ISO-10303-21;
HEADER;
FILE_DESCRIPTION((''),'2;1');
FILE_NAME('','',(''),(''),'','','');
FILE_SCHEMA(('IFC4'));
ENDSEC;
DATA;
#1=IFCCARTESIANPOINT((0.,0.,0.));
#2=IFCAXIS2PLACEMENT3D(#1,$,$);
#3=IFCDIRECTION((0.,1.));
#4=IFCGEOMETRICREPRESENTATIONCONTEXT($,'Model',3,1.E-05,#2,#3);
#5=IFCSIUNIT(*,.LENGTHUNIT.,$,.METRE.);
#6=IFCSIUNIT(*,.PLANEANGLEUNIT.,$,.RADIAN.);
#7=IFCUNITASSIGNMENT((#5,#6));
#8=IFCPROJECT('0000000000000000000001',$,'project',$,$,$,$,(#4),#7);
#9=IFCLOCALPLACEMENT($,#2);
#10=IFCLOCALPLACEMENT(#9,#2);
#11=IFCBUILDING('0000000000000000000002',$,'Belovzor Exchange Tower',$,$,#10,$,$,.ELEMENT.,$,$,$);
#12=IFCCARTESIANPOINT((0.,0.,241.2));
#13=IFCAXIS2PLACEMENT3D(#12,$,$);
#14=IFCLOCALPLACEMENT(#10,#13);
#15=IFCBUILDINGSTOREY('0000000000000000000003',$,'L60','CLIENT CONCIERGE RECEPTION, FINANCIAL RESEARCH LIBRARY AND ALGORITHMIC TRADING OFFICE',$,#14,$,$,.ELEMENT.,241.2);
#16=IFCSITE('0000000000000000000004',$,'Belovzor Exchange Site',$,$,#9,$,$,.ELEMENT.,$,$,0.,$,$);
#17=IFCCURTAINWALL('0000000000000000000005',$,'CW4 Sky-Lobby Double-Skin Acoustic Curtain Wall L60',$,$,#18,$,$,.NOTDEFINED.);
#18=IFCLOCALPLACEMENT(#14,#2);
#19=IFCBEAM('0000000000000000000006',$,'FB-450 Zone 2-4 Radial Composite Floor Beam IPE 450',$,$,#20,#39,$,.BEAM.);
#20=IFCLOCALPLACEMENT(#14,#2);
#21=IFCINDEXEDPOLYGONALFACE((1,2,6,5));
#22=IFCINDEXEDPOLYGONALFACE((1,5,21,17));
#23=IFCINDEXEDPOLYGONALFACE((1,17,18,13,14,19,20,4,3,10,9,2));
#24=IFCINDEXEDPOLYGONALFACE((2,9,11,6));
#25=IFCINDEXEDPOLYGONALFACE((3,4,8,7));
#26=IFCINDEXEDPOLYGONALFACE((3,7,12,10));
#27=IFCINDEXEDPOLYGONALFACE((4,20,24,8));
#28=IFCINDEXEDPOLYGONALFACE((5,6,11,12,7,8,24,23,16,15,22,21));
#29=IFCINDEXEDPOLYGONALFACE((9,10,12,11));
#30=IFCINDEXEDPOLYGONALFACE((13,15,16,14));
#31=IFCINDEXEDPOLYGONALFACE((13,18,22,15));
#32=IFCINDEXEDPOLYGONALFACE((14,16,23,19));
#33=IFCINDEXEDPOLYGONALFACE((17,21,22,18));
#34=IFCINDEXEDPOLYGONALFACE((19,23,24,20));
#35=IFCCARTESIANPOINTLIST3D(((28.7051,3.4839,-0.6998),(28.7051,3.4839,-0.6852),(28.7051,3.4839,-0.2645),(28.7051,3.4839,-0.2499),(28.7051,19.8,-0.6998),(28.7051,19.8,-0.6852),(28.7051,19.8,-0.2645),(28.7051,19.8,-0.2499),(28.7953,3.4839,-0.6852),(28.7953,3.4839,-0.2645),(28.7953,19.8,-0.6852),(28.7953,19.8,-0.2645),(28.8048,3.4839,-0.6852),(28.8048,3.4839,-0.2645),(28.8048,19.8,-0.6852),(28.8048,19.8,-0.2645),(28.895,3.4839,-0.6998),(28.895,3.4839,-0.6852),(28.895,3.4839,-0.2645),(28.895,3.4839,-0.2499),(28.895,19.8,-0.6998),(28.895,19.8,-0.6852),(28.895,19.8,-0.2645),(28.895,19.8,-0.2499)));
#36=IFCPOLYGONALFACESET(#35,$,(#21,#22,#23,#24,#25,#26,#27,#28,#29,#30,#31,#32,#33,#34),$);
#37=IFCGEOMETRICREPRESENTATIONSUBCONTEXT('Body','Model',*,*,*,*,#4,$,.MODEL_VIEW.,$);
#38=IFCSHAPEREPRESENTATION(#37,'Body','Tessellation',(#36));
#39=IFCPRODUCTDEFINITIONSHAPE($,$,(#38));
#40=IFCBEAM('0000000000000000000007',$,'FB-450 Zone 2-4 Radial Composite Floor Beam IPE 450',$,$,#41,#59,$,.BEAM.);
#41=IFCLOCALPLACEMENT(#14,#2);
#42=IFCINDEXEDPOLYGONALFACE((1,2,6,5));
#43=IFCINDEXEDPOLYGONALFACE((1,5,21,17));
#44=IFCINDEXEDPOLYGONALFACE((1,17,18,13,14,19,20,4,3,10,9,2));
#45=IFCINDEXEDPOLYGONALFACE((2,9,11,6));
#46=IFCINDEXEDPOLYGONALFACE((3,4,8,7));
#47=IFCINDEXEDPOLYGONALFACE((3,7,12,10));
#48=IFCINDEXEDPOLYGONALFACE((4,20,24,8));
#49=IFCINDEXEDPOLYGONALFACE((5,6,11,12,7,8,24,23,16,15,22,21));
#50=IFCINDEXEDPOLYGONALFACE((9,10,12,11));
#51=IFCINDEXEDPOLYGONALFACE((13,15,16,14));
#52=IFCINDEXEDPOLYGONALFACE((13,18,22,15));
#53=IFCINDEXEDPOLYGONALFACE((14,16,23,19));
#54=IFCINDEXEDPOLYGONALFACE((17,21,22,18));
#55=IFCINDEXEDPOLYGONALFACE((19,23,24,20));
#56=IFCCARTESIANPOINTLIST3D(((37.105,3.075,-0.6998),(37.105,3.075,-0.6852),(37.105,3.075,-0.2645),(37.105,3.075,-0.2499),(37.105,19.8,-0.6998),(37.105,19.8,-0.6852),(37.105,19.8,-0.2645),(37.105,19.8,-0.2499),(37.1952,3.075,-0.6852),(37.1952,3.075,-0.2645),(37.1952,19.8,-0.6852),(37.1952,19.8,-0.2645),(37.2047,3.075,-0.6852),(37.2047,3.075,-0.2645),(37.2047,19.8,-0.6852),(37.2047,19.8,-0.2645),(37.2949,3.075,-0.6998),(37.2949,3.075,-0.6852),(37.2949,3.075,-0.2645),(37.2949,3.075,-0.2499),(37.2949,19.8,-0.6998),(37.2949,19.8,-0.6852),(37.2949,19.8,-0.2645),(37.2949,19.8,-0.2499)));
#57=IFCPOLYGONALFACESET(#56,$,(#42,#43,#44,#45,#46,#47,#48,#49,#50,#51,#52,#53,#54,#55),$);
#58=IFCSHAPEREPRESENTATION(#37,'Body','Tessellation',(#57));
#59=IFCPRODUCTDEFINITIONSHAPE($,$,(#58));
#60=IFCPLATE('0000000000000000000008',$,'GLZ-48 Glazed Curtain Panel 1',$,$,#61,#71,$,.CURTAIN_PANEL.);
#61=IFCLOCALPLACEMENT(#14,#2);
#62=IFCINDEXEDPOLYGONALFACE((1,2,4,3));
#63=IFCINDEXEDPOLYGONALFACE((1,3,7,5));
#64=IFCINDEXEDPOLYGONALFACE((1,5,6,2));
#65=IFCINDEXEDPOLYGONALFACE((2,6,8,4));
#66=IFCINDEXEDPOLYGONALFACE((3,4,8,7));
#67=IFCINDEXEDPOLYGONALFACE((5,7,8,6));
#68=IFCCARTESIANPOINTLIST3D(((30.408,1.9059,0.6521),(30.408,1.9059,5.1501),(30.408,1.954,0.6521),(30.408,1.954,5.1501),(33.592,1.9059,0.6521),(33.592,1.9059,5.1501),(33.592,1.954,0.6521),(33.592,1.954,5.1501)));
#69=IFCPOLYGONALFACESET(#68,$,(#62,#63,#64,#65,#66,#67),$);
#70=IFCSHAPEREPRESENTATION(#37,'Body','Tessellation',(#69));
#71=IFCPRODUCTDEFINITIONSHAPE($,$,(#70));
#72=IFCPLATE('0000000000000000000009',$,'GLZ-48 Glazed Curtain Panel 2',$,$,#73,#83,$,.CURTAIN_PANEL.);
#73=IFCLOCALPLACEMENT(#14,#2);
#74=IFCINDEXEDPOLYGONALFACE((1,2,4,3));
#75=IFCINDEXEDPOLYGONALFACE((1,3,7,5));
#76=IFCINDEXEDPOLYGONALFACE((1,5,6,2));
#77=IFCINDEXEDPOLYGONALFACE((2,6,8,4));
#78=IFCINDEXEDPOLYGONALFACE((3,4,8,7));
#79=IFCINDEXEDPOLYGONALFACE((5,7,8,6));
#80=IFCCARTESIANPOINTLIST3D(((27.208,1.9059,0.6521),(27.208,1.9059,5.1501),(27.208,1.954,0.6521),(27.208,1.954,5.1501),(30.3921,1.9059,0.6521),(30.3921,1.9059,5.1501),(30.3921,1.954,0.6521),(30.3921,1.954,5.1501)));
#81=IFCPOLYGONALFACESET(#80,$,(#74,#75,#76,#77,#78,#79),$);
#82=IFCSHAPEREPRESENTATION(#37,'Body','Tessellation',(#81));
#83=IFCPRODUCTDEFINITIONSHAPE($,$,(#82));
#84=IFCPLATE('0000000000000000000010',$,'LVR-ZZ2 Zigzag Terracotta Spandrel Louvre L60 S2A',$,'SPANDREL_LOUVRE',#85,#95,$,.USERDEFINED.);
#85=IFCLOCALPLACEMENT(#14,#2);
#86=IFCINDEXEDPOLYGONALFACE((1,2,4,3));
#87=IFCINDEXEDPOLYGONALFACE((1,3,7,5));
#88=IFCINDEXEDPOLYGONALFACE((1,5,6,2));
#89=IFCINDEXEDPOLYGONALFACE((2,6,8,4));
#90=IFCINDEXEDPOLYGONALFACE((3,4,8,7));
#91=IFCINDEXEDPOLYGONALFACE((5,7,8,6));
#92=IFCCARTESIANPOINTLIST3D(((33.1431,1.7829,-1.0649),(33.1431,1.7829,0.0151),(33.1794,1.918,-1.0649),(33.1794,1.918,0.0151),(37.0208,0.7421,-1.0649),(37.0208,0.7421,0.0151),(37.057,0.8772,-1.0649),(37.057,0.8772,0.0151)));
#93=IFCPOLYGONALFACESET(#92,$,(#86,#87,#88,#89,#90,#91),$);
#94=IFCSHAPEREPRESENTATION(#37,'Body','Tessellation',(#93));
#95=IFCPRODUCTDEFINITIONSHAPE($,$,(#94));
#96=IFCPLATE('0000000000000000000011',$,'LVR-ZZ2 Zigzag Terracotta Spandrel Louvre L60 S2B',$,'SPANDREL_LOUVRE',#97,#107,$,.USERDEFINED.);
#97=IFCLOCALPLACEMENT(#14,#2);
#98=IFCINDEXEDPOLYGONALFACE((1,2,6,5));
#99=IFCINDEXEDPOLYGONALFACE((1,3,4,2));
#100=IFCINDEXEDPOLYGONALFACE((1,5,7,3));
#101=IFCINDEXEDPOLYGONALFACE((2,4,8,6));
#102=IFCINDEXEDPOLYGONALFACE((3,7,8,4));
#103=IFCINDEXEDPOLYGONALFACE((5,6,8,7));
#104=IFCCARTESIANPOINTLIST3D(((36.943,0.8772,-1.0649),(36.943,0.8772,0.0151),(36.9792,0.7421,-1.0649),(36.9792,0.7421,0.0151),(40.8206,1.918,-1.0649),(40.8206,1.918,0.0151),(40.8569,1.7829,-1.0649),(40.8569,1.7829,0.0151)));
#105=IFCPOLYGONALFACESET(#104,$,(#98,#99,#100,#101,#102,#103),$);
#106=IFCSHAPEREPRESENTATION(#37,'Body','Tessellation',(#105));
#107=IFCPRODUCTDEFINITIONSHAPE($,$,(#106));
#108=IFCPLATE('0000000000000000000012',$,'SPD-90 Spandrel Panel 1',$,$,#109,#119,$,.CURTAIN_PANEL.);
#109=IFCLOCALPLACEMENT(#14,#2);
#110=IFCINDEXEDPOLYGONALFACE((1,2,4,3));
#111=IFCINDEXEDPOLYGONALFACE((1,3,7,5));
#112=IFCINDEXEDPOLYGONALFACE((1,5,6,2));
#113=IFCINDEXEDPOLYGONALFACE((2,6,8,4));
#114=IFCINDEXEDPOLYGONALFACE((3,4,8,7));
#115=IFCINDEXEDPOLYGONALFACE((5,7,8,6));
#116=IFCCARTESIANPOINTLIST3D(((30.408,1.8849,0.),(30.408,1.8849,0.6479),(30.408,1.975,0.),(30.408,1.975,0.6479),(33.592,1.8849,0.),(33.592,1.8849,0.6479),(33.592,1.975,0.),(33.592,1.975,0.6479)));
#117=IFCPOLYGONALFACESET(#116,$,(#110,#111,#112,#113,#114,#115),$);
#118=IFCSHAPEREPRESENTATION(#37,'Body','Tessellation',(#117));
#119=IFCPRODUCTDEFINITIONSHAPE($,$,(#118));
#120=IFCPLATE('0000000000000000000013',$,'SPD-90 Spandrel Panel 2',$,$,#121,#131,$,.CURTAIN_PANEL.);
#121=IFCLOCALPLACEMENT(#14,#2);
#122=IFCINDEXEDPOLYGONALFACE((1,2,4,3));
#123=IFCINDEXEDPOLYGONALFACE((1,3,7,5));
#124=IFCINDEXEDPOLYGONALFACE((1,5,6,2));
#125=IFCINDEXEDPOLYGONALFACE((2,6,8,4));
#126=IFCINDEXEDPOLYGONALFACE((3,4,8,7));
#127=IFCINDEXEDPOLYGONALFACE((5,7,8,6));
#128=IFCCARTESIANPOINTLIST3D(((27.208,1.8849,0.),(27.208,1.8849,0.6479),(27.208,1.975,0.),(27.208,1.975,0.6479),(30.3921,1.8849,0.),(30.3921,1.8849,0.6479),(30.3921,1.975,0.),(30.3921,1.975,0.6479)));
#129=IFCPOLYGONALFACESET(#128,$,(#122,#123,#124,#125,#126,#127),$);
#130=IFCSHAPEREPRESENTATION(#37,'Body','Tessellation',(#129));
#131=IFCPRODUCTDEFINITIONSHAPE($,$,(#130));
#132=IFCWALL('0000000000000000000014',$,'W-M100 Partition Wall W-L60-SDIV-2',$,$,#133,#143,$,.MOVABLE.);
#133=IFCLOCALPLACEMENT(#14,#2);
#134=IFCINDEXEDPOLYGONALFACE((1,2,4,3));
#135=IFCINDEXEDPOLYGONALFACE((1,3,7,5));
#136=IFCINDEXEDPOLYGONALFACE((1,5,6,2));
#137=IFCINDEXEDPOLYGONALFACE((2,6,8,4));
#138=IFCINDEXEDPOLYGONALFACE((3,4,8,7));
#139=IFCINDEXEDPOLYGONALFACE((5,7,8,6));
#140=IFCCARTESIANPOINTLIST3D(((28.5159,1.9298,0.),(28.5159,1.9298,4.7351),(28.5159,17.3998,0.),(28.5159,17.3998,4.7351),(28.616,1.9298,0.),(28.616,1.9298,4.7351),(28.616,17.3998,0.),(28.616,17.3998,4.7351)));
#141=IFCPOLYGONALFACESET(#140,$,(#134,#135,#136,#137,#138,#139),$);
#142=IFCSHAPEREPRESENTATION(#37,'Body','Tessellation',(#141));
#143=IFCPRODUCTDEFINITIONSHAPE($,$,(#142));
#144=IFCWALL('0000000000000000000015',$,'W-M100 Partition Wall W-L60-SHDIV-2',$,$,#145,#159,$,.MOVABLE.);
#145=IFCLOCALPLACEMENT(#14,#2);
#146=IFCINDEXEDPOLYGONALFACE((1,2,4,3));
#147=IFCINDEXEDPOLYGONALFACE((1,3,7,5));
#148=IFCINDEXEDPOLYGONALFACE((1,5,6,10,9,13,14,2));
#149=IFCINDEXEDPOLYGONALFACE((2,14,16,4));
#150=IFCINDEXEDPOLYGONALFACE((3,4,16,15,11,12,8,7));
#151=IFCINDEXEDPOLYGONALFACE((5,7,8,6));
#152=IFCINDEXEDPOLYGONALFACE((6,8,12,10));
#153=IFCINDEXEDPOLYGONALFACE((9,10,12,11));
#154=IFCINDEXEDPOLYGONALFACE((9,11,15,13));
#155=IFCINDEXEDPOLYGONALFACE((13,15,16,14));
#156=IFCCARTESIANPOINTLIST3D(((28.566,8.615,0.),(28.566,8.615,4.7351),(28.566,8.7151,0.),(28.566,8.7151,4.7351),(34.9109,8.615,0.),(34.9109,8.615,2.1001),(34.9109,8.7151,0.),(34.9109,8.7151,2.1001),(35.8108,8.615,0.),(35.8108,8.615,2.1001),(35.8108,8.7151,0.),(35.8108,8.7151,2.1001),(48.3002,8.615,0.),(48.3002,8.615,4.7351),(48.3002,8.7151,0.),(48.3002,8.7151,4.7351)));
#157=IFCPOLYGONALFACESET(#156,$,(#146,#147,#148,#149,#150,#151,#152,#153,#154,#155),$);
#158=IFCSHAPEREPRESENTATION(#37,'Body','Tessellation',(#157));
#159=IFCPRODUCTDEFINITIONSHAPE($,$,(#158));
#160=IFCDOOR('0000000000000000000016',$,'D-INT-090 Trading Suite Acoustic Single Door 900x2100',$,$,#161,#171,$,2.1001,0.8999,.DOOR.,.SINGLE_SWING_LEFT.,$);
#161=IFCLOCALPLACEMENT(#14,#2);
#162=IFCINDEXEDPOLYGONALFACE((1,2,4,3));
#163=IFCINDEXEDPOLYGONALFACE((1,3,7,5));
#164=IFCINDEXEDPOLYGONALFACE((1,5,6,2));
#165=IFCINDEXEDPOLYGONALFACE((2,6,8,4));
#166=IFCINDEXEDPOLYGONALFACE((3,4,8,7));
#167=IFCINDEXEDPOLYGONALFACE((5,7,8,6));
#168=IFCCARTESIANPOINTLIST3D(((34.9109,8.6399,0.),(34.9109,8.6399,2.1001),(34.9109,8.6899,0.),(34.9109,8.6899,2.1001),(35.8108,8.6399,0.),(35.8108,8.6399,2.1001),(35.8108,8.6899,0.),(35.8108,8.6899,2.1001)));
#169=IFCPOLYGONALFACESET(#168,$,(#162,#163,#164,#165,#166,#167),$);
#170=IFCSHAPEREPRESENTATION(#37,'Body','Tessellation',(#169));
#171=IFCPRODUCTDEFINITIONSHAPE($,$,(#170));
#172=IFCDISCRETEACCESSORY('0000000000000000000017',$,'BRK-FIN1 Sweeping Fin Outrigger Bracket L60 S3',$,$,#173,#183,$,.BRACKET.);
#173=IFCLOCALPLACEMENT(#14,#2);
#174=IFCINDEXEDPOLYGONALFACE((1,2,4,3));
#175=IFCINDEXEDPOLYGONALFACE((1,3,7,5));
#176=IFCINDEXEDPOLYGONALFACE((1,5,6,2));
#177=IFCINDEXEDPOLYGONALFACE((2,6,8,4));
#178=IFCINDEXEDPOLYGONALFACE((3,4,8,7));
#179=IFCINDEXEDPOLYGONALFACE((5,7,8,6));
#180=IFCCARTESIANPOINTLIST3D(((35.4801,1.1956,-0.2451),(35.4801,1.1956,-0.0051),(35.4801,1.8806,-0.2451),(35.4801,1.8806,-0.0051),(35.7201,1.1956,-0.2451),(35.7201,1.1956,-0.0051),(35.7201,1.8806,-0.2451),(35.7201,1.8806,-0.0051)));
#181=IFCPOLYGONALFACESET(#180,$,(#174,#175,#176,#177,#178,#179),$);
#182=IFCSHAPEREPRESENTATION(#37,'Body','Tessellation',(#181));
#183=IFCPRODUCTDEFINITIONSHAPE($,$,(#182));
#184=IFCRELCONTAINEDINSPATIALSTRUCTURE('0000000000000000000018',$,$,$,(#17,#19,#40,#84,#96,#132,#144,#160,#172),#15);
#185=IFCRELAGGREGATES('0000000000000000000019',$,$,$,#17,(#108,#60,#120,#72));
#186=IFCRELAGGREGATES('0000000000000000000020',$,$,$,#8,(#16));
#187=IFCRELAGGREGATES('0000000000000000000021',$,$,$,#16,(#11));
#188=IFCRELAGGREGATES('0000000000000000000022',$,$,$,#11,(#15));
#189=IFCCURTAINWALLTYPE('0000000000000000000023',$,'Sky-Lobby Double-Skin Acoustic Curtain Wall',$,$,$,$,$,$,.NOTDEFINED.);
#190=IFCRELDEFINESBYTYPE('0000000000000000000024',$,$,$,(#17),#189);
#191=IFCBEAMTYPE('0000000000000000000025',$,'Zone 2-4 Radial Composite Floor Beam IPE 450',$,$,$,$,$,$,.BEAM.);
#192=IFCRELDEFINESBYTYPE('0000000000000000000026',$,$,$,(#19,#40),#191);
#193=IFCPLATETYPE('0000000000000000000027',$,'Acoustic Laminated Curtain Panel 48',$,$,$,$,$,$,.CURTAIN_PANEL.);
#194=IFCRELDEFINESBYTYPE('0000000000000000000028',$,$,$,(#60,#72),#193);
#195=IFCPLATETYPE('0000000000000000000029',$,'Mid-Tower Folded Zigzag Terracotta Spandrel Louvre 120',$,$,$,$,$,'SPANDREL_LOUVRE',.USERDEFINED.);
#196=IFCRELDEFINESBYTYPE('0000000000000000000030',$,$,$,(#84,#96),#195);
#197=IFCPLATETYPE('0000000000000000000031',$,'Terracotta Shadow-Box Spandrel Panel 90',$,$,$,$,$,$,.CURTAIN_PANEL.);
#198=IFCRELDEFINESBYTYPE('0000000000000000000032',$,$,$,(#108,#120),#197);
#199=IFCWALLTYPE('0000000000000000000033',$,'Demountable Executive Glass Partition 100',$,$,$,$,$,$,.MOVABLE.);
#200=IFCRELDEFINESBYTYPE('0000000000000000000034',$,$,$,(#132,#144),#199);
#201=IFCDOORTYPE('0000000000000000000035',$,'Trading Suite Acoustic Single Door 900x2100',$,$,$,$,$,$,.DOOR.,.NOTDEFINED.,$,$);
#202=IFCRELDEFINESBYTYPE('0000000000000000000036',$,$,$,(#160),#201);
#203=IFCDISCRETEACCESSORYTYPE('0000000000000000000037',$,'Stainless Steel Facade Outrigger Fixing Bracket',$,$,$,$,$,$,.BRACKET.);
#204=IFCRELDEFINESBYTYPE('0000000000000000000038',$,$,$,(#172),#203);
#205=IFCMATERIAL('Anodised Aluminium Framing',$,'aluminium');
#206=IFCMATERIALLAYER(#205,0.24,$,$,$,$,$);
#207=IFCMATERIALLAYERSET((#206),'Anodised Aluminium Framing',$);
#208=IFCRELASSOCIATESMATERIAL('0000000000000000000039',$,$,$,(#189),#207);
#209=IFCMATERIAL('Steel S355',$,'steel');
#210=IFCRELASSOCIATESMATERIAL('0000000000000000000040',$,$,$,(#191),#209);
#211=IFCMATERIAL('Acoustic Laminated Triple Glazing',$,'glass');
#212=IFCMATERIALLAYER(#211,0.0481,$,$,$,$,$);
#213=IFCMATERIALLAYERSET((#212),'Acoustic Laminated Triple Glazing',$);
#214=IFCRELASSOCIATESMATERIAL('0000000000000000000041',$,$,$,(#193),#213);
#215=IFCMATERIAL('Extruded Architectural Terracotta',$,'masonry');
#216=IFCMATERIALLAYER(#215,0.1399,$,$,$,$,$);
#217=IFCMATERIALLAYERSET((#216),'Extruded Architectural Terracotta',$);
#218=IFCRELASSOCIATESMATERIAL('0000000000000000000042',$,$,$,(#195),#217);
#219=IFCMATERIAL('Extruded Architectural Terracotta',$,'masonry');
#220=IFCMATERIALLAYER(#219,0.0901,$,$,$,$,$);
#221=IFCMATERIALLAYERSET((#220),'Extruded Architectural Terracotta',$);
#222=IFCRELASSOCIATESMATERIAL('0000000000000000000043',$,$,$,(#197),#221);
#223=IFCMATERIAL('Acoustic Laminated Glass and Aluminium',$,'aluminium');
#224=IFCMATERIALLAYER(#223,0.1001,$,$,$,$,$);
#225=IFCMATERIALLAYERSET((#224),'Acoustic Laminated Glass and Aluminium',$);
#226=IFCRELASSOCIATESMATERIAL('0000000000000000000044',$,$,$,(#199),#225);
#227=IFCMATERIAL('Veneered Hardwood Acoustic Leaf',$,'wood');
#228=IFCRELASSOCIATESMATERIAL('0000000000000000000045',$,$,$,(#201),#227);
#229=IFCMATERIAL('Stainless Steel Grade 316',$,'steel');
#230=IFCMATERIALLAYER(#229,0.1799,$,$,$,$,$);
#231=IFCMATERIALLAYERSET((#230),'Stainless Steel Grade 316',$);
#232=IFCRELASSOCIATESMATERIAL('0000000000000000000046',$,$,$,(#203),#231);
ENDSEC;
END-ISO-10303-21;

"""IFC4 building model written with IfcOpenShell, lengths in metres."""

from ifc_helpers import new_model, si_unit, direction, frame, frame_2d, origin, origin_2d, place, context, subcontext, project, spatial, rectangle, i_section, extrude, material, layer, layer_set, material_profile, profile_set, type_object, element, fill, aggregate, save


model = new_model("IFC4")

# Units and contexts
model_context = context("Model", 3, precision=1e-05, world=origin(), true_north=direction((0.0, 1.0)))
body_context = subcontext(model_context, "Body", "Model", "MODEL_VIEW")
ifc_project = project(units=[si_unit("LENGTHUNIT", "METRE"), si_unit("PLANEANGLEUNIT", "RADIAN")], contexts=[model_context])

# Site, building, storey
site_placement = place(None, origin())
site = spatial("IfcSite", under=ifc_project, at=site_placement, Name="Belovzor Exchange Site", CompositionType="ELEMENT", RefElevation=0.0)
building_placement = place(site_placement, origin())
building = spatial("IfcBuilding", under=site, at=building_placement, Name="Belovzor Exchange Tower", CompositionType="ELEMENT")
storey_placement = place(building_placement, frame((0.0, 0.0, 241.2)))
storey = spatial("IfcBuildingStorey", under=building, at=storey_placement, Name="L60", Description="CLIENT CONCIERGE RECEPTION, FINANCIAL RESEARCH LIBRARY AND ALGORITHMIC TRADING OFFICE", CompositionType="ELEMENT", Elevation=241.2)

# Curtain wall
ifc_material_1 = material(Name="Anodised Aluminium Framing", Category="aluminium")
ifc_layer_1 = layer(ifc_material_1, 0.24)
ifc_layer_set_1 = layer_set([ifc_layer_1], Name="Anodised Aluminium Framing")
curtain_wall_type = type_object("IfcCurtainWallType", Name="Sky-Lobby Double-Skin Acoustic Curtain Wall", PredefinedType="NOTDEFINED", material=ifc_layer_set_1)
curtain_wall_placement = place(storey_placement, origin())
curtain_wall = element("IfcCurtainWall", 1, at=curtain_wall_placement, inside=storey, type_object=curtain_wall_type, Name="CW4 Sky-Lobby Double-Skin Acoustic Curtain Wall L60", PredefinedType="NOTDEFINED")

# Beams
ifc_material_2 = material(Name="Steel S355", Category="steel")
ifc_material_profile_1 = material_profile(ifc_material_2, i_section(OverallWidth=0.1899, OverallDepth=0.45, WebThickness=0.0095, FlangeThickness=0.0146, at=origin_2d()))
ifc_profile_set_1 = profile_set([ifc_material_profile_1], Name="Steel S355")
beam_type_1 = type_object("IfcBeamType", Name="Zone 2-4 Radial Composite Floor Beam IPE 450", PredefinedType="BEAM", material=ifc_profile_set_1)
beam_1_placement = place(storey_placement, frame((28.8, 19.8, -0.4749), z_axis=(0.0, -1.0, 0.0), x_axis=(1.0, 0.0, 0.0)))
element("IfcBeam", 2, at=beam_1_placement, inside=storey, type_object=beam_type_1, Name="FB-450 Zone 2-4 Radial Composite Floor Beam IPE 450", PredefinedType="BEAM", context=body_context, shape_type="SweptSolid", body=[
    extrude(i_section(OverallWidth=0.1899, OverallDepth=0.45, WebThickness=0.0095, FlangeThickness=0.0146, at=origin_2d()), origin(), (0.0, 0.0, 1.0), 16.3162),
])
beam_2_placement = place(storey_placement, frame((37.2, 19.8, -0.4749), z_axis=(0.0, -1.0, 0.0), x_axis=(1.0, 0.0, 0.0)))
element("IfcBeam", 3, at=beam_2_placement, inside=storey, type_object=beam_type_1, Name="FB-450 Zone 2-4 Radial Composite Floor Beam IPE 450", PredefinedType="BEAM", context=body_context, shape_type="SweptSolid", body=[
    extrude(i_section(OverallWidth=0.1899, OverallDepth=0.45, WebThickness=0.0095, FlangeThickness=0.0146, at=origin_2d()), origin(), (0.0, 0.0, 1.0), 16.7251),
])

# Plates
ifc_material_3 = material(Name="Acoustic Laminated Triple Glazing", Category="glass")
ifc_layer_2 = layer(ifc_material_3, 0.0481)
ifc_layer_set_2 = layer_set([ifc_layer_2], Name="Acoustic Laminated Triple Glazing")
plate_type_1 = type_object("IfcPlateType", Name="Acoustic Laminated Curtain Panel 48", PredefinedType="CURTAIN_PANEL", material=ifc_layer_set_2)
plate_1_placement = place(storey_placement, frame((32.0, 1.9299, 0.6521), z_axis=(0.0, 0.0, 1.0), x_axis=(-1.0, 0.0, 0.0)))
plate_1 = element("IfcPlate", 4, at=plate_1_placement, type_object=plate_type_1, Name="GLZ-48 Glazed Curtain Panel 1", PredefinedType="CURTAIN_PANEL", context=body_context, shape_type="SweptSolid", body=[
    extrude(rectangle(XDim=3.1841, YDim=0.0481, at=origin_2d()), origin(), (0.0, 0.0, 1.0), 4.498),
])
plate_2_placement = place(storey_placement, frame((28.8, 1.9299, 0.6521), z_axis=(0.0, 0.0, 1.0), x_axis=(-1.0, 0.0, 0.0)))
plate_2 = element("IfcPlate", 5, at=plate_2_placement, type_object=plate_type_1, Name="GLZ-48 Glazed Curtain Panel 2", PredefinedType="CURTAIN_PANEL", context=body_context, shape_type="SweptSolid", body=[
    extrude(rectangle(XDim=3.1841, YDim=0.0481, at=origin_2d()), origin(), (0.0, 0.0, 1.0), 4.498),
])

# Plates
ifc_material_4 = material(Name="Extruded Architectural Terracotta", Category="masonry")
ifc_layer_3 = layer(ifc_material_4, 0.1399)
ifc_layer_set_3 = layer_set([ifc_layer_3], Name="Extruded Architectural Terracotta")
plate_type_2 = type_object("IfcPlateType", Name="Mid-Tower Folded Zigzag Terracotta Spandrel Louvre 120", ElementType="SPANDREL_LOUVRE", PredefinedType="USERDEFINED", material=ifc_layer_set_3)
for number, where, z_axis, x_axis, name in (
    (6, (35.1001, 1.3301, -1.0649), (0.0, 0.0, 1.0), (0.965813, -0.25924, 0.0), "LVR-ZZ2 Zigzag Terracotta Spandrel Louvre L60 S2A"),
    (7, (38.8999, 1.3301, -1.0649), (0.0, 0.0, 1.0), (0.965813, 0.25924, 0.0), "LVR-ZZ2 Zigzag Terracotta Spandrel Louvre L60 S2B"),
):
    element("IfcPlate", number, at=place(storey_placement, frame(where, z_axis=z_axis, x_axis=x_axis)), inside=storey, type_object=plate_type_2, Name=name, ObjectType="SPANDREL_LOUVRE", PredefinedType="USERDEFINED", context=body_context, shape_type="SweptSolid", body=[
        extrude(rectangle(XDim=4.0149, YDim=0.1399, at=origin_2d()), origin(), (0.0, 0.0, 1.0), 1.0801),
    ])

# Plates
ifc_material_5 = material(Name="Extruded Architectural Terracotta", Category="masonry")
ifc_layer_4 = layer(ifc_material_5, 0.0901)
ifc_layer_set_4 = layer_set([ifc_layer_4], Name="Extruded Architectural Terracotta")
plate_type_3 = type_object("IfcPlateType", Name="Terracotta Shadow-Box Spandrel Panel 90", PredefinedType="CURTAIN_PANEL", material=ifc_layer_set_4)
plate_3_placement = place(storey_placement, frame((32.0, 1.9299, 0.0), z_axis=(0.0, 0.0, 1.0), x_axis=(-1.0, 0.0, 0.0)))
plate_3 = element("IfcPlate", 8, at=plate_3_placement, type_object=plate_type_3, Name="SPD-90 Spandrel Panel 1", PredefinedType="CURTAIN_PANEL", context=body_context, shape_type="SweptSolid", body=[
    extrude(rectangle(XDim=3.1841, YDim=0.0901, at=origin_2d()), origin(), (0.0, 0.0, 1.0), 0.6479),
])
plate_4_placement = place(storey_placement, frame((28.8, 1.9299, 0.0), z_axis=(0.0, 0.0, 1.0), x_axis=(-1.0, 0.0, 0.0)))
plate_4 = element("IfcPlate", 9, at=plate_4_placement, type_object=plate_type_3, Name="SPD-90 Spandrel Panel 2", PredefinedType="CURTAIN_PANEL", context=body_context, shape_type="SweptSolid", body=[
    extrude(rectangle(XDim=3.1841, YDim=0.0901, at=origin_2d()), origin(), (0.0, 0.0, 1.0), 0.6479),
])
aggregate(curtain_wall, [plate_3, plate_1, plate_4, plate_2])

# Wall
ifc_material_6 = material(Name="Acoustic Laminated Glass and Aluminium", Category="aluminium")
ifc_layer_5 = layer(ifc_material_6, 0.1001)
ifc_layer_set_5 = layer_set([ifc_layer_5], Name="Acoustic Laminated Glass and Aluminium")
wall_type = type_object("IfcWallType", Name="Demountable Executive Glass Partition 100", PredefinedType="MOVABLE", material=ifc_layer_set_5)
wall_1_placement = place(storey_placement, frame((28.5659, 1.9299, 0.0), z_axis=(0.0, 0.0, 1.0), x_axis=(0.0, 1.0, 0.0)))
element("IfcWall", 10, at=wall_1_placement, inside=storey, type_object=wall_type, Name="W-M100 Partition Wall W-L60-SDIV-2", PredefinedType="MOVABLE", context=body_context, shape_type="SweptSolid", body=[
    extrude(rectangle(XDim=15.47, YDim=0.1001, at=frame_2d((7.7349, 0.0))), origin(), (0.0, 0.0, 1.0), 4.7351),
])

# Wall, opening, door
wall_2_placement = place(storey_placement, frame((28.5659, 8.665, 0.0), z_axis=(0.0, 0.0, 1.0), x_axis=(1.0, 0.0, 0.0)))
wall_2 = element("IfcWall", 11, at=wall_2_placement, inside=storey, type_object=wall_type, Name="W-M100 Partition Wall W-L60-SHDIV-2", PredefinedType="MOVABLE", context=body_context, shape_type="SweptSolid", body=[
    extrude(rectangle(XDim=19.7341, YDim=0.1001, at=frame_2d((9.8672, 0.0))), origin(), (0.0, 0.0, 1.0), 4.7351),
])
opening_placement = place(wall_2_placement, frame((6.345, 0.0, 0.0)))
opening = element("IfcOpeningElement", 12, at=opening_placement, cuts=wall_2, PredefinedType="OPENING", context=body_context, shape_type="SweptSolid", body=[
    extrude(rectangle(XDim=0.8999, YDim=2.1001, at=frame_2d((0.45, 1.05))), frame((0.0, 0.0601, 0.0), z_axis=(0.0, -1.0, 0.0), x_axis=(1.0, 0.0, 0.0)), (0.0, 0.0, 1.0), 0.1201),
])
ifc_material_7 = material(Name="Veneered Hardwood Acoustic Leaf", Category="wood")
door_type = type_object("IfcDoorType", Name="Trading Suite Acoustic Single Door 900x2100", OperationType="NOTDEFINED", PredefinedType="DOOR", material=ifc_material_7)
door_placement = place(opening_placement, origin())
door = element("IfcDoor", 13, at=door_placement, inside=storey, type_object=door_type, Name="D-INT-090 Trading Suite Acoustic Single Door 900x2100", OperationType="SINGLE_SWING_LEFT", OverallHeight=2.1001, OverallWidth=0.8999, PredefinedType="DOOR", context=body_context, shape_type="SweptSolid", body=[
    extrude(rectangle(XDim=0.8999, YDim=2.1001, at=frame_2d((0.45, 1.05))), frame((0.0, 0.0249, 0.0), z_axis=(0.0, -1.0, 0.0), x_axis=(1.0, 0.0, 0.0)), (0.0, 0.0, 1.0), 0.05),
])
fill(opening, door)

# Discrete accessory
ifc_material_8 = material(Name="Stainless Steel Grade 316", Category="steel")
ifc_layer_6 = layer(ifc_material_8, 0.1799)
ifc_layer_set_6 = layer_set([ifc_layer_6], Name="Stainless Steel Grade 316")
discrete_accessory_type = type_object("IfcDiscreteAccessoryType", Name="Stainless Steel Facade Outrigger Fixing Bracket", PredefinedType="BRACKET", material=ifc_layer_set_6)
discrete_accessory_placement = place(storey_placement, frame((35.6001, 1.5381, -0.2451), z_axis=(0.0, 0.0, 1.0), x_axis=(0.0, 1.0, 0.0)))
element("IfcDiscreteAccessory", 14, at=discrete_accessory_placement, inside=storey, type_object=discrete_accessory_type, Name="BRK-FIN1 Sweeping Fin Outrigger Bracket L60 S3", PredefinedType="BRACKET", context=body_context, shape_type="SweptSolid", body=[
    extrude(rectangle(XDim=0.6851, YDim=0.24, at=origin_2d()), origin(), (0.0, 0.0, 1.0), 0.24),
])

save(model, "model.ifc")
